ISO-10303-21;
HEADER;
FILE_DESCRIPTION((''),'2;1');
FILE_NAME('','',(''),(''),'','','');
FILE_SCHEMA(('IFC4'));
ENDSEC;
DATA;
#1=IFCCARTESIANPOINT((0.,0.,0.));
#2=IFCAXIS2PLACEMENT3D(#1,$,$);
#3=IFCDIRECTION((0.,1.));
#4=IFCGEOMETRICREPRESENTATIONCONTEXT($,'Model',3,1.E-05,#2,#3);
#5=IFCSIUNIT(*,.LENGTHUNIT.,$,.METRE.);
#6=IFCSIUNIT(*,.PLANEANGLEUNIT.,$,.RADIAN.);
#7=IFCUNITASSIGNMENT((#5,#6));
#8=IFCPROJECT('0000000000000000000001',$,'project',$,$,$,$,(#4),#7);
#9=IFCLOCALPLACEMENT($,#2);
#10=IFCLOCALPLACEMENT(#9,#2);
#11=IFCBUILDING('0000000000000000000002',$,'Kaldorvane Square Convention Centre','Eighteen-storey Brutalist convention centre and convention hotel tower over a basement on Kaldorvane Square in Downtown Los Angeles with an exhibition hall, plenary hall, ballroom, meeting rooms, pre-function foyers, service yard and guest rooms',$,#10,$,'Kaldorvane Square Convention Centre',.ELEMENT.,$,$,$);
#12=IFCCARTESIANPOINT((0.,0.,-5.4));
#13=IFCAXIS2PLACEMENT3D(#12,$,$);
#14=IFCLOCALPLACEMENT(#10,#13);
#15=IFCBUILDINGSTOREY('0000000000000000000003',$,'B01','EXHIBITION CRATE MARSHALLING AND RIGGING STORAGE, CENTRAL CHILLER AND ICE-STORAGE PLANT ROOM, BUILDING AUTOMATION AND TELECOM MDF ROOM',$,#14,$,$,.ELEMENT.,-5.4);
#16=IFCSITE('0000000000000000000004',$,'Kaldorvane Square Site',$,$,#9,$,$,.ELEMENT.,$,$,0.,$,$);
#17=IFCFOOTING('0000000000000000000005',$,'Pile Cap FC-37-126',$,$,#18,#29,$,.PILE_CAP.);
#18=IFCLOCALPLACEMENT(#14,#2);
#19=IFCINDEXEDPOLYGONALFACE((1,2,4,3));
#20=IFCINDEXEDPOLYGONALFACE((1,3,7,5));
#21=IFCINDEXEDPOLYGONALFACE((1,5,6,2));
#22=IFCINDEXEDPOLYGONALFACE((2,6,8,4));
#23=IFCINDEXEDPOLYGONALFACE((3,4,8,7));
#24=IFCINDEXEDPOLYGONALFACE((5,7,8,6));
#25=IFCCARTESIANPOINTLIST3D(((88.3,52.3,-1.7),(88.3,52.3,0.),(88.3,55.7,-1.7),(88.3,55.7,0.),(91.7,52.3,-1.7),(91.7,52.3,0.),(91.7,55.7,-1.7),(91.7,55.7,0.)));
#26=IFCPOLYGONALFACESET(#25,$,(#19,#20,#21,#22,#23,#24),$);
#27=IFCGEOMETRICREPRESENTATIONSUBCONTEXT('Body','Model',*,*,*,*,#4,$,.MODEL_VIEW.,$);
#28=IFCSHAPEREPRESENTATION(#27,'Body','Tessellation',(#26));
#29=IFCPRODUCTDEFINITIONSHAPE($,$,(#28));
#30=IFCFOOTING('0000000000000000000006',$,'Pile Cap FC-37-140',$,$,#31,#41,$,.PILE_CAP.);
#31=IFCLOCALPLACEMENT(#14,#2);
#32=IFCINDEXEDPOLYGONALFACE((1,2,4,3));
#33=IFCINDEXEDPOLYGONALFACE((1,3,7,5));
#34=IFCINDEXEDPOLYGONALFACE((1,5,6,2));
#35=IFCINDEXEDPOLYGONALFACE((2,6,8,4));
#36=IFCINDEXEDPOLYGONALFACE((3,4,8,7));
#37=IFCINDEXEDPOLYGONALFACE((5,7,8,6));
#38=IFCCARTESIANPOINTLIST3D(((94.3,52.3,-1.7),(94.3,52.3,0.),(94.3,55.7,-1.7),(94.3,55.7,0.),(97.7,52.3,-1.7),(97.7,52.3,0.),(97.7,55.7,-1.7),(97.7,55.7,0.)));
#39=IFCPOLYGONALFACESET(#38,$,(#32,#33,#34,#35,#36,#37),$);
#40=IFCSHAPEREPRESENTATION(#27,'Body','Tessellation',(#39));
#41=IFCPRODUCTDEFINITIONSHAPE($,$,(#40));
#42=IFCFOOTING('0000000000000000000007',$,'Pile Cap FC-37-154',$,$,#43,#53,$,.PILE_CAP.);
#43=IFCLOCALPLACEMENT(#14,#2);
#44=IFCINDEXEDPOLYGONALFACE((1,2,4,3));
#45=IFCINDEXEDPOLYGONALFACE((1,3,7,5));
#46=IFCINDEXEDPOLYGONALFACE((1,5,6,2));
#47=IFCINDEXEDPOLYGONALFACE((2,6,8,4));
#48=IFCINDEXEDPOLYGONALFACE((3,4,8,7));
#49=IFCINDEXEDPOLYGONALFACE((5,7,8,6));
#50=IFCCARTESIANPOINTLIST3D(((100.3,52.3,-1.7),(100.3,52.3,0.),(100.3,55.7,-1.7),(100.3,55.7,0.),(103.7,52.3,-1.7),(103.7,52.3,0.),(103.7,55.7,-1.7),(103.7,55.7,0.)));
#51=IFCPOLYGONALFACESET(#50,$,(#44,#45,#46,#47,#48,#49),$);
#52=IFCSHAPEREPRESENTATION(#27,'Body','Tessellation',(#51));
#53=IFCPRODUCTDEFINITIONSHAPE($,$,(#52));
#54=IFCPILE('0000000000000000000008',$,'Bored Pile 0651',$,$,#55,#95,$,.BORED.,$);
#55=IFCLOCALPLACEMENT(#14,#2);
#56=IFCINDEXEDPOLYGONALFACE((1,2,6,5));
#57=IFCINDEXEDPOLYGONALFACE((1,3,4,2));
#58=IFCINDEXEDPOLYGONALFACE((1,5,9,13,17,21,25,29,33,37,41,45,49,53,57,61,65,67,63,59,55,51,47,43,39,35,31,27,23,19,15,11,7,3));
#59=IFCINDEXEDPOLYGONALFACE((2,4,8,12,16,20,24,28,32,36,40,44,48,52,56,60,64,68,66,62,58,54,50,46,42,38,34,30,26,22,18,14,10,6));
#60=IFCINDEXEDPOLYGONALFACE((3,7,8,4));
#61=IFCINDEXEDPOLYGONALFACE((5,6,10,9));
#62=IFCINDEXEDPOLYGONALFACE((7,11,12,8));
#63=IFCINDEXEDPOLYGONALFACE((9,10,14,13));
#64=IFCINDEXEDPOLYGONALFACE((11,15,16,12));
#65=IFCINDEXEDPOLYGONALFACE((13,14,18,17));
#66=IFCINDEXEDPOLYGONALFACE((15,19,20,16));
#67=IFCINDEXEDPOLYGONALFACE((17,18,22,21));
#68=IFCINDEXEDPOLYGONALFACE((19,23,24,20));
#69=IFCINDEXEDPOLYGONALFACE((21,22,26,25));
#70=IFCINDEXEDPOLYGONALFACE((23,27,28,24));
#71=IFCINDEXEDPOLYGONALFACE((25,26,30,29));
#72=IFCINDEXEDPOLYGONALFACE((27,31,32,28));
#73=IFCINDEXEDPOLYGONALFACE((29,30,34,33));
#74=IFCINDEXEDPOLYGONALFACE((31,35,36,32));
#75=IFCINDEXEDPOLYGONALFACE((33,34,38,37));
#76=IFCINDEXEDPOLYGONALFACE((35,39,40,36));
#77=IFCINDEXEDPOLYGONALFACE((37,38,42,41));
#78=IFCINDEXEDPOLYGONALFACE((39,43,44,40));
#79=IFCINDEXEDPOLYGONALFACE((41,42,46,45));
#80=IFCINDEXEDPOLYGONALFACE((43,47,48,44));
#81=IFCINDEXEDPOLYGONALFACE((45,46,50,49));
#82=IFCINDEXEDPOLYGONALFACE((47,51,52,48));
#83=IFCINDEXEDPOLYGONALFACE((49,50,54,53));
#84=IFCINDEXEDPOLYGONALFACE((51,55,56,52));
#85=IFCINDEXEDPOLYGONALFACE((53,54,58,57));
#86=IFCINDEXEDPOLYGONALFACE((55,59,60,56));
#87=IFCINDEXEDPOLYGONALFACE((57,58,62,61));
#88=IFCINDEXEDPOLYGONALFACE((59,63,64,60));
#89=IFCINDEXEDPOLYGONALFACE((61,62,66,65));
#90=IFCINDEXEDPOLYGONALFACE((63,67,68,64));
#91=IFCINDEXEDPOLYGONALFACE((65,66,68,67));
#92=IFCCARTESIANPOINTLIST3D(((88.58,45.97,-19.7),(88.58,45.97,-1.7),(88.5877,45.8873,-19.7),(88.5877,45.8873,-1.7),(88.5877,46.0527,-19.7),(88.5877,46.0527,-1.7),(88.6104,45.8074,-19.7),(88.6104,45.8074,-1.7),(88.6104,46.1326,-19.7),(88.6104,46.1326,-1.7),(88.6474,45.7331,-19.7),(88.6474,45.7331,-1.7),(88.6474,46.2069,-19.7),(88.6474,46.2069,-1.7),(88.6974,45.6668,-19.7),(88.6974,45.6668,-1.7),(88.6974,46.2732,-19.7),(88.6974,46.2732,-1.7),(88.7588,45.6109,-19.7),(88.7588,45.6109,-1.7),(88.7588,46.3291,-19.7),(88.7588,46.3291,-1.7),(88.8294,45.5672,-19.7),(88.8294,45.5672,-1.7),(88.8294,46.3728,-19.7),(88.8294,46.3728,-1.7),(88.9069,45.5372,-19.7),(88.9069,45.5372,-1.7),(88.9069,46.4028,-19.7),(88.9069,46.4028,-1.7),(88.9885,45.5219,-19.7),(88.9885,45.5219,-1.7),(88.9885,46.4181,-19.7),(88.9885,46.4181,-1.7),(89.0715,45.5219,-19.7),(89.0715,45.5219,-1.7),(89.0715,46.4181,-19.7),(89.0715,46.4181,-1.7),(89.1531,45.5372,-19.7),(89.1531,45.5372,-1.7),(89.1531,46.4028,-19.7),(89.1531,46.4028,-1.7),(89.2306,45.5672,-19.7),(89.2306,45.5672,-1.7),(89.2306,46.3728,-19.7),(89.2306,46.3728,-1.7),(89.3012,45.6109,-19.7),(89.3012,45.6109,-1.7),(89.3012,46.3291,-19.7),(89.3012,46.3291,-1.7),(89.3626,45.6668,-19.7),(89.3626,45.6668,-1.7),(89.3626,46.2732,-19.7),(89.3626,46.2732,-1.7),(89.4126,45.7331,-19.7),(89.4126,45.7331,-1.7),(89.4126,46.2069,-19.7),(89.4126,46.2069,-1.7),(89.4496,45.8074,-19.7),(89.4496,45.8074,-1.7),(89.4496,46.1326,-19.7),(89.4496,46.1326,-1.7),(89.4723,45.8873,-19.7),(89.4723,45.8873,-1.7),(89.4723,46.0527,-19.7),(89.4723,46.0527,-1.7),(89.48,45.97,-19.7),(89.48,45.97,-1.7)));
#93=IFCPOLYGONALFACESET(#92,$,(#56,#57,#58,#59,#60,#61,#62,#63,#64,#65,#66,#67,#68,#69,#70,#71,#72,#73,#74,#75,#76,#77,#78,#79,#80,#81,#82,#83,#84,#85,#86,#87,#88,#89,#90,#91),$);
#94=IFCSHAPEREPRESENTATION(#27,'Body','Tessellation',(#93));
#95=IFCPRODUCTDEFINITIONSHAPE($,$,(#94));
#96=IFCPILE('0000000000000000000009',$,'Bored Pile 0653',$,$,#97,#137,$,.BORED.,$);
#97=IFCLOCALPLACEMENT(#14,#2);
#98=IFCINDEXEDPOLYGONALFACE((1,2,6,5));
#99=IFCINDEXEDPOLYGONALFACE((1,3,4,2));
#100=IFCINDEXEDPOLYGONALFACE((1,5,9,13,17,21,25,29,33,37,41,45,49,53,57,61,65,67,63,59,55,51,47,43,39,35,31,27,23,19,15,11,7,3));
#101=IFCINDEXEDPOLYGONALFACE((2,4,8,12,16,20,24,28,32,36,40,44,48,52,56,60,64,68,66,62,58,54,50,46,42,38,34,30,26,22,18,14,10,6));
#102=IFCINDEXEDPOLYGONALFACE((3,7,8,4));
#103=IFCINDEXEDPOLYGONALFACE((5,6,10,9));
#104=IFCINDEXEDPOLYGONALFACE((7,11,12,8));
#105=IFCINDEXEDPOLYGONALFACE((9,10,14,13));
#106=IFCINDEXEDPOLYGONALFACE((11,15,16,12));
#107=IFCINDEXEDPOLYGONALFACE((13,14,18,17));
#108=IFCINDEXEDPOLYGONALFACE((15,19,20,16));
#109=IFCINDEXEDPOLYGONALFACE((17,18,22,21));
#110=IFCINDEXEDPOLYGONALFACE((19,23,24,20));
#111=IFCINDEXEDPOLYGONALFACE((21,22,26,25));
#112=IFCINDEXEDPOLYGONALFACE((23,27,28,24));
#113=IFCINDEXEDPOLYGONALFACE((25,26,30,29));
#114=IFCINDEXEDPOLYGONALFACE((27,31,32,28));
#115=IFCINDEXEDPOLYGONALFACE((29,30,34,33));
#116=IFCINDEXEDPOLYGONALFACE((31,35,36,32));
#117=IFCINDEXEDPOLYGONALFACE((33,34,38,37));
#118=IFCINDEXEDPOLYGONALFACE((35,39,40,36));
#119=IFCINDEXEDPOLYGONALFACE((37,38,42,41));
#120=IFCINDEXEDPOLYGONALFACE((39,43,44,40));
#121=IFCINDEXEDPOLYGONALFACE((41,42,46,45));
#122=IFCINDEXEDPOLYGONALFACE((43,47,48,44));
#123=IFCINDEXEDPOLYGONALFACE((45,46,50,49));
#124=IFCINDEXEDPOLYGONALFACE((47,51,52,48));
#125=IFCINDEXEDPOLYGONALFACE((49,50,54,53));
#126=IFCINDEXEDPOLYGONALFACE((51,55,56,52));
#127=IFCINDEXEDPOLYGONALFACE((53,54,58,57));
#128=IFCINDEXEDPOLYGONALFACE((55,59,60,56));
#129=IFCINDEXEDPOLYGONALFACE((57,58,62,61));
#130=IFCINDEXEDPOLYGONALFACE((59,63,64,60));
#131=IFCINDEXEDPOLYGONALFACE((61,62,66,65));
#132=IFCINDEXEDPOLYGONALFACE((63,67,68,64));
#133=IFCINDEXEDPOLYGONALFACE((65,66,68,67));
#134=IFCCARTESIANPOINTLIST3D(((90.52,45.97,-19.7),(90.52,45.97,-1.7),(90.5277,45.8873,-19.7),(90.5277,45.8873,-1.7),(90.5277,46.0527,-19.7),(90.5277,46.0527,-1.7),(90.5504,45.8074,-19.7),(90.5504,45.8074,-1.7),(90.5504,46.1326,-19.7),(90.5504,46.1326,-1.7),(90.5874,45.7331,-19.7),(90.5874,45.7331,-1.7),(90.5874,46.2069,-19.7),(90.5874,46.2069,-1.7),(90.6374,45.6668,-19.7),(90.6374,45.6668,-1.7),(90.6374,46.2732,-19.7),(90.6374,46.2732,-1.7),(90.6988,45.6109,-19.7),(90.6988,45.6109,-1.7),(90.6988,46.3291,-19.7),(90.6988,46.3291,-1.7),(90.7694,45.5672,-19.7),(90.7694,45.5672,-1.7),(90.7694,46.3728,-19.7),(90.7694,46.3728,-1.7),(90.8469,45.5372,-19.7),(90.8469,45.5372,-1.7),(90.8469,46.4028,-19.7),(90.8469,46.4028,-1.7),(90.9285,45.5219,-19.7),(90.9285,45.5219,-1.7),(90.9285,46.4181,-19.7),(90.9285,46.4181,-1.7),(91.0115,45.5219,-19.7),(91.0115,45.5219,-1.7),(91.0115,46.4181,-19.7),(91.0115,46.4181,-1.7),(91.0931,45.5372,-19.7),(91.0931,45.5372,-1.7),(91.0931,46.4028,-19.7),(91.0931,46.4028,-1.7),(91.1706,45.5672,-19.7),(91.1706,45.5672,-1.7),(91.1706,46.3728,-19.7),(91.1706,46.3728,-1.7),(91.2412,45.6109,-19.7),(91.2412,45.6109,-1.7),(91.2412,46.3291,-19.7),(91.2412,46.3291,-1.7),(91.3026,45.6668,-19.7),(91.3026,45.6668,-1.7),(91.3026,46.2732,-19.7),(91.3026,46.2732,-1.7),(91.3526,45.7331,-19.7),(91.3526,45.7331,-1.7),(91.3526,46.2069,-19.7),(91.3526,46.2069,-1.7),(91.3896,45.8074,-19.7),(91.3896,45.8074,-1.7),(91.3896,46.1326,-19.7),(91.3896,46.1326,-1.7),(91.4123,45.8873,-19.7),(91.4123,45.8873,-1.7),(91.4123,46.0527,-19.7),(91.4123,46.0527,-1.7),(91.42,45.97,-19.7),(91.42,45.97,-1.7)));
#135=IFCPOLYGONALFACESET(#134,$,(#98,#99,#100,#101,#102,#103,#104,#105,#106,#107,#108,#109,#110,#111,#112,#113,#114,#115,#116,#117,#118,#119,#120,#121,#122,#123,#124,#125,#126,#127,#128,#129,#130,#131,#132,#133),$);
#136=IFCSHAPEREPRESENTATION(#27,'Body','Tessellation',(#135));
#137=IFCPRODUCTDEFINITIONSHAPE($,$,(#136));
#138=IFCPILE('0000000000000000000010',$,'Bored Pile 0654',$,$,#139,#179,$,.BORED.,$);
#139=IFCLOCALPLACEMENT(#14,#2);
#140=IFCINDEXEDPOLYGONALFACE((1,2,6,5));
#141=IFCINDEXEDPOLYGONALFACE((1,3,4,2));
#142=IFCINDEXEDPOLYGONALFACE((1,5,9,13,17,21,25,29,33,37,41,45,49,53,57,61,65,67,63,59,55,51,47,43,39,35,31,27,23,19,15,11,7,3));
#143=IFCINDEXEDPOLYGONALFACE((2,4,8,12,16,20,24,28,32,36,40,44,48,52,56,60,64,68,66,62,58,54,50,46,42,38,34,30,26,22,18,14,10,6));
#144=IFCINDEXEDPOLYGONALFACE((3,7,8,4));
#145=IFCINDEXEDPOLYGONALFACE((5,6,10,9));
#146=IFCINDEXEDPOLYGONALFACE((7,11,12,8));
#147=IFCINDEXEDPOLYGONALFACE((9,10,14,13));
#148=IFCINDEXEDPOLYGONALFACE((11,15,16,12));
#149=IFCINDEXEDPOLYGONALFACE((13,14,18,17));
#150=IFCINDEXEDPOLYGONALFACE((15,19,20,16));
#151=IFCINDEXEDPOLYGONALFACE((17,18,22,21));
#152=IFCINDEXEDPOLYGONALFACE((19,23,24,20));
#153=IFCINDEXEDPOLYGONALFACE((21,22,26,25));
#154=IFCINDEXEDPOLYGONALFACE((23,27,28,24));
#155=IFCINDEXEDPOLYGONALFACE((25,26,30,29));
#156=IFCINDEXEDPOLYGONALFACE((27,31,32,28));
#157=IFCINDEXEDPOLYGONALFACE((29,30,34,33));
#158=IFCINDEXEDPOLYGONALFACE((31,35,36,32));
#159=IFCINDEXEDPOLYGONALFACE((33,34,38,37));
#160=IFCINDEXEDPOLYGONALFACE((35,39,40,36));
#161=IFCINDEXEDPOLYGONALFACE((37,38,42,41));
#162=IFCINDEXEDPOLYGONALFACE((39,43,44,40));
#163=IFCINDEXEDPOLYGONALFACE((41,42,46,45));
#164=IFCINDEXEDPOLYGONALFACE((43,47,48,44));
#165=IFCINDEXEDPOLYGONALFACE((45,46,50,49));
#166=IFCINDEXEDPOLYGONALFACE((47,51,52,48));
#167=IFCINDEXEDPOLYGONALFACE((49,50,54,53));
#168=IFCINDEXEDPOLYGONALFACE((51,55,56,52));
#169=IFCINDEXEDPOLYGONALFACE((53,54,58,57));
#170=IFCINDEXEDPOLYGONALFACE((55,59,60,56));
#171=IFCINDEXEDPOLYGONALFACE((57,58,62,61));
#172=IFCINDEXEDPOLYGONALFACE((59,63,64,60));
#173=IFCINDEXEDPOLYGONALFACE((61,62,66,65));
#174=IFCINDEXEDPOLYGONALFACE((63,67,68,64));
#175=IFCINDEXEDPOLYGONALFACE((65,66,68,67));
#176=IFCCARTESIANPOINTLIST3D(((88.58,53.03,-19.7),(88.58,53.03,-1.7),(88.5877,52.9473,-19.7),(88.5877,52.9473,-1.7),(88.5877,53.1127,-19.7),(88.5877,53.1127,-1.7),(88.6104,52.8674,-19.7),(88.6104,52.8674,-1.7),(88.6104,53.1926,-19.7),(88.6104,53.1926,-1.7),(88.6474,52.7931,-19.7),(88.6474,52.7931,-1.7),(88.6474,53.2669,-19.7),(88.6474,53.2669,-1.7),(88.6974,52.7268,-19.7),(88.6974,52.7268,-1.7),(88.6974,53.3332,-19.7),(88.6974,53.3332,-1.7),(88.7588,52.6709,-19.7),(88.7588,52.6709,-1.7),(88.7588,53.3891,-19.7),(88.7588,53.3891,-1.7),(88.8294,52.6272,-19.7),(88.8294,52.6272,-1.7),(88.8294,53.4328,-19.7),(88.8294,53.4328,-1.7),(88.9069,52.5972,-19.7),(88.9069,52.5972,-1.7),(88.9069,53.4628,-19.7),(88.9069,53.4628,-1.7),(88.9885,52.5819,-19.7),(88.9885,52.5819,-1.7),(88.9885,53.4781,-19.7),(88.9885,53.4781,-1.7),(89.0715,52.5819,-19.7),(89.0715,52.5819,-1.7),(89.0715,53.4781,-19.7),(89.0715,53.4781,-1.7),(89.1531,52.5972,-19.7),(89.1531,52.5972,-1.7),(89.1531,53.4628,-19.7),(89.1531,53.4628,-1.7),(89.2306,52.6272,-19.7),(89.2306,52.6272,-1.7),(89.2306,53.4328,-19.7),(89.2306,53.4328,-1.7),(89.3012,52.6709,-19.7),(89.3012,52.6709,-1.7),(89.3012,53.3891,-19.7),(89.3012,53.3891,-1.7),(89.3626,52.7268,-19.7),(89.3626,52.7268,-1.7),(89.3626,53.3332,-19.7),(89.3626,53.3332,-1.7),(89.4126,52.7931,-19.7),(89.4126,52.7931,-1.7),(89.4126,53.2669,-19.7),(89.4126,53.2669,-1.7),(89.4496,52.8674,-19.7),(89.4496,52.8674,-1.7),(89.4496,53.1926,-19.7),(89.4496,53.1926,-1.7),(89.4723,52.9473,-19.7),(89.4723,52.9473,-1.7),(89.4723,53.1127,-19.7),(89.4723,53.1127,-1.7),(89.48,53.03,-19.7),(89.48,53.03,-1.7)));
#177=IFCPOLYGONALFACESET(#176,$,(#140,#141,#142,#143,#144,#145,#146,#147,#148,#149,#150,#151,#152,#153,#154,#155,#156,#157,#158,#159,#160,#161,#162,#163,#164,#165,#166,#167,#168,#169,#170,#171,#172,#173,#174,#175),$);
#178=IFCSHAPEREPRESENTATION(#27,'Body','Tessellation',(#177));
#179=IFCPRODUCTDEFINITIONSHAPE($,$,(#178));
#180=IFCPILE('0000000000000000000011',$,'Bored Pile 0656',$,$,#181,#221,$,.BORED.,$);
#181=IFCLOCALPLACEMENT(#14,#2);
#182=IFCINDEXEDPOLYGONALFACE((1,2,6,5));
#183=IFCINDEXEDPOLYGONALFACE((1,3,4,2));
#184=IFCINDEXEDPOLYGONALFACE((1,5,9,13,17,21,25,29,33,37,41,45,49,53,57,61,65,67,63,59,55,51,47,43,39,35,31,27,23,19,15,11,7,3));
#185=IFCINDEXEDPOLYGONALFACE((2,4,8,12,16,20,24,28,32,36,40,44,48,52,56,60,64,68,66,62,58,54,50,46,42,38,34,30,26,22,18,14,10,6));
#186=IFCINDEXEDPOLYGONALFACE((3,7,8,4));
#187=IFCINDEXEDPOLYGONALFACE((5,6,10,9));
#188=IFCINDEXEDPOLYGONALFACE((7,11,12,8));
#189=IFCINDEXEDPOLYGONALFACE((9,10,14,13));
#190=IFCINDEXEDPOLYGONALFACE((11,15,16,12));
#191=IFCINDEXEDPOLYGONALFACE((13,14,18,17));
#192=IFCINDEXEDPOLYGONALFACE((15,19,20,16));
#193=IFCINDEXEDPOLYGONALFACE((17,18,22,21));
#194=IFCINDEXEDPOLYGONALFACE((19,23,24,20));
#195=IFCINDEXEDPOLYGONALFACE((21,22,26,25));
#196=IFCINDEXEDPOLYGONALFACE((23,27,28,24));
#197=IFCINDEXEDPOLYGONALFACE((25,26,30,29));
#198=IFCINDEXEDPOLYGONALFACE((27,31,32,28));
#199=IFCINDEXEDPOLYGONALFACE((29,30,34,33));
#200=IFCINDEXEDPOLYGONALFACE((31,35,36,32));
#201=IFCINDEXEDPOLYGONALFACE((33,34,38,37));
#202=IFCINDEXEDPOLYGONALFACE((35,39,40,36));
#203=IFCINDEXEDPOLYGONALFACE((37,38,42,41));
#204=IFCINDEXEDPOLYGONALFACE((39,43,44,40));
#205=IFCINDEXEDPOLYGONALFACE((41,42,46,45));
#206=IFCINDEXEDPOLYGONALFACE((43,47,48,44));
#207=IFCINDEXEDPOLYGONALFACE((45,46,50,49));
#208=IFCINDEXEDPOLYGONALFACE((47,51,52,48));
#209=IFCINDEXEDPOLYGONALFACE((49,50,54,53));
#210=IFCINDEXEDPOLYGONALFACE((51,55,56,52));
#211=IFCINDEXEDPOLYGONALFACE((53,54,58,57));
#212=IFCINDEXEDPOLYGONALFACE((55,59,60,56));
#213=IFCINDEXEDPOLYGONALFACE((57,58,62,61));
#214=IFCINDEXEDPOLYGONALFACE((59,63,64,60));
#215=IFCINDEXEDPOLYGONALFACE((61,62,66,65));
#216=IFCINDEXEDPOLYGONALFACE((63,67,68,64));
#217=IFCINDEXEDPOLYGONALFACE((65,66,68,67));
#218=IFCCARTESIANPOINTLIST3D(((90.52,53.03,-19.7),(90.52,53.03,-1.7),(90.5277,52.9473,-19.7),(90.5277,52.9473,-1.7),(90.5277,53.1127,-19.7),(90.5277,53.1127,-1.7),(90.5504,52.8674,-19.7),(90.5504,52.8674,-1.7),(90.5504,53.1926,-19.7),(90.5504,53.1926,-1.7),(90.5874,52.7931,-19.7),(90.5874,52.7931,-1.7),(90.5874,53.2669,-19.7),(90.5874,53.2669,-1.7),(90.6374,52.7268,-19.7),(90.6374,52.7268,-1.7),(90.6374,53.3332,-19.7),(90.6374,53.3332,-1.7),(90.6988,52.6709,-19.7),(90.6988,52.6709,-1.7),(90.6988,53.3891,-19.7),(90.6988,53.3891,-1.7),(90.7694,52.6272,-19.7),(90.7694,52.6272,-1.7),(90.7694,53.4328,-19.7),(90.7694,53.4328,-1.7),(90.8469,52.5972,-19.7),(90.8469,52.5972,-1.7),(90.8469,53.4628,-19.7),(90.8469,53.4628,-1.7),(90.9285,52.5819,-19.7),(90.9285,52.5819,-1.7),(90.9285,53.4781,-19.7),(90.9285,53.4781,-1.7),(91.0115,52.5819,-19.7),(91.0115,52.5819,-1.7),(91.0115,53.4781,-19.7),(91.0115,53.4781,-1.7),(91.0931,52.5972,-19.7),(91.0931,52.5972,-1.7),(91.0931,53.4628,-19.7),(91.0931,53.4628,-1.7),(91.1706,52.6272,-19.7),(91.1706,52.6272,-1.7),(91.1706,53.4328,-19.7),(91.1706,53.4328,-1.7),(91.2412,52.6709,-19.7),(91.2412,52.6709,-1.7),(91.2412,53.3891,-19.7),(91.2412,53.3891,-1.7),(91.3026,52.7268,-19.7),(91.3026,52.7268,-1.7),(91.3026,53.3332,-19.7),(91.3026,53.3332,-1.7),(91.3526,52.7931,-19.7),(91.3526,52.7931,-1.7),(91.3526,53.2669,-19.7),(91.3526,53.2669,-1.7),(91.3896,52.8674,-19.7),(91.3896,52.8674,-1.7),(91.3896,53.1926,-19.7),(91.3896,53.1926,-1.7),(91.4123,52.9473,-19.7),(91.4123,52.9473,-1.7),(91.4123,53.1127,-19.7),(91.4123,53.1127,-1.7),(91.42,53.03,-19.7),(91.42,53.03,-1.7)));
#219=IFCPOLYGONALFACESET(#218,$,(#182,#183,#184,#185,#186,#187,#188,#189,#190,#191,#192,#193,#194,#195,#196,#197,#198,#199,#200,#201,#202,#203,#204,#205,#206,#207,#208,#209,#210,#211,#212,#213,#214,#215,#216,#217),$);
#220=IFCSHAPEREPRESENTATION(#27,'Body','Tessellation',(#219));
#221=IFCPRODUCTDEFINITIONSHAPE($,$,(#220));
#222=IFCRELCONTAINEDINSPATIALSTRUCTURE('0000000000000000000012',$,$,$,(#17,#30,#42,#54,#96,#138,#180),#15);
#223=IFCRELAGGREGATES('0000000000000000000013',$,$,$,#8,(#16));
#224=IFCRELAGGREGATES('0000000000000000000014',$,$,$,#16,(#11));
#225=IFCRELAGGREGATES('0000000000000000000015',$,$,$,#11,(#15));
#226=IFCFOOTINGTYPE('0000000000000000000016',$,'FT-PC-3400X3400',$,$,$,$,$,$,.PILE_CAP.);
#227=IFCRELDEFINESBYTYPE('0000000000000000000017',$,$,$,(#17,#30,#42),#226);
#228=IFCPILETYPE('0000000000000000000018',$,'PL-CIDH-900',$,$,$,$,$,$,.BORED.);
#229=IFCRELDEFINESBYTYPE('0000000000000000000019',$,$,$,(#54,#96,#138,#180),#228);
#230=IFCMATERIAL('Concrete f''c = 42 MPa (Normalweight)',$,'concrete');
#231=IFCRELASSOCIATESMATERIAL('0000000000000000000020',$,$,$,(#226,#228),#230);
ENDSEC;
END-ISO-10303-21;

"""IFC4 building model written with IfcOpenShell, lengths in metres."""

from ifc_helpers import new_model, si_unit, direction, frame, origin, origin_2d, place, context, subcontext, project, spatial, rectangle, circle, extrude, material, material_profile, profile_set, type_object, element, save


model = new_model("IFC4")

# Units and contexts
model_context = context("Model", 3, precision=1e-05, world=origin(), true_north=direction((0.0, 1.0)))
body_context = subcontext(model_context, "Body", "Model", "MODEL_VIEW")
ifc_project = project(units=[si_unit("LENGTHUNIT", "METRE"), si_unit("PLANEANGLEUNIT", "RADIAN")], contexts=[model_context])

# Site, building, storey
site_placement = place(None, origin())
site = spatial("IfcSite", under=ifc_project, at=site_placement, Name="Kaldorvane Square Site", CompositionType="ELEMENT", RefElevation=0.0)
building_placement = place(site_placement, origin())
building = spatial("IfcBuilding", under=site, at=building_placement, Name="Kaldorvane Square Convention Centre", Description="Eighteen-storey Brutalist convention centre and convention hotel tower over a basement on Kaldorvane Square in Downtown Los Angeles with an exhibition hall, plenary hall, ballroom, meeting rooms, pre-function foyers, service yard and guest rooms", LongName="Kaldorvane Square Convention Centre", CompositionType="ELEMENT")
storey_placement = place(building_placement, frame((0.0, 0.0, -5.4)))
storey = spatial("IfcBuildingStorey", under=building, at=storey_placement, Name="B01", Description="EXHIBITION CRATE MARSHALLING AND RIGGING STORAGE, CENTRAL CHILLER AND ICE-STORAGE PLANT ROOM, BUILDING AUTOMATION AND TELECOM MDF ROOM", CompositionType="ELEMENT", Elevation=-5.4)

# Footings
ifc_material_1 = material(Name="Concrete f'c = 42 MPa (Normalweight)", Category="concrete")
footing_type = type_object("IfcFootingType", Name="FT-PC-3400X3400", PredefinedType="PILE_CAP", material=ifc_material_1)
for number, where, z_axis, x_axis, name in (
    (1, (90.0, 54.0, -1.7), (0.0, 0.0, 1.0), (1.0, 0.0, 0.0), "Pile Cap FC-37-126"),
    (2, (96.0, 54.0, -1.7), (0.0, 0.0, 1.0), (1.0, 0.0, 0.0), "Pile Cap FC-37-140"),
    (3, (102.0, 54.0, -1.7), (0.0, 0.0, 1.0), (1.0, 0.0, 0.0), "Pile Cap FC-37-154"),
):
    element("IfcFooting", number, at=place(storey_placement, frame(where, z_axis=z_axis, x_axis=x_axis)), inside=storey, type_object=footing_type, Name=name, PredefinedType="PILE_CAP", context=body_context, shape_type="SweptSolid", body=[
        extrude(rectangle(XDim=3.4, YDim=3.4, at=origin_2d()), origin(), (0.0, 0.0, 1.0), 1.7),
    ])

# Piles
ifc_material_profile_1 = material_profile(ifc_material_1, circle(Radius=0.45, at=origin_2d()), Name="PILE-D900")
ifc_profile_set_1 = profile_set([ifc_material_profile_1], Name="Concrete f'c = 42 MPa (Normalweight)")
pile_type = type_object("IfcPileType", Name="PL-CIDH-900", PredefinedType="BORED", material=ifc_profile_set_1)
for number, where, z_axis, x_axis, name in (
    (4, (89.03, 45.97, -1.7), (0.0, 0.0, -1.0), (1.0, 0.0, 0.0), "Bored Pile 0651"),
    (5, (90.97, 45.97, -1.7), (0.0, 0.0, -1.0), (1.0, 0.0, 0.0), "Bored Pile 0653"),
    (6, (89.03, 53.03, -1.7), (0.0, 0.0, -1.0), (1.0, 0.0, 0.0), "Bored Pile 0654"),
    (7, (90.97, 53.03, -1.7), (0.0, 0.0, -1.0), (1.0, 0.0, 0.0), "Bored Pile 0656"),
):
    element("IfcPile", number, at=place(storey_placement, frame(where, z_axis=z_axis, x_axis=x_axis)), inside=storey, type_object=pile_type, Name=name, PredefinedType="BORED", context=body_context, shape_type="SweptSolid", body=[
        extrude(circle(Radius=0.45, at=origin_2d()), origin(), (0.0, 0.0, 1.0), 18.0),
    ])

save(model, "model.ifc")
